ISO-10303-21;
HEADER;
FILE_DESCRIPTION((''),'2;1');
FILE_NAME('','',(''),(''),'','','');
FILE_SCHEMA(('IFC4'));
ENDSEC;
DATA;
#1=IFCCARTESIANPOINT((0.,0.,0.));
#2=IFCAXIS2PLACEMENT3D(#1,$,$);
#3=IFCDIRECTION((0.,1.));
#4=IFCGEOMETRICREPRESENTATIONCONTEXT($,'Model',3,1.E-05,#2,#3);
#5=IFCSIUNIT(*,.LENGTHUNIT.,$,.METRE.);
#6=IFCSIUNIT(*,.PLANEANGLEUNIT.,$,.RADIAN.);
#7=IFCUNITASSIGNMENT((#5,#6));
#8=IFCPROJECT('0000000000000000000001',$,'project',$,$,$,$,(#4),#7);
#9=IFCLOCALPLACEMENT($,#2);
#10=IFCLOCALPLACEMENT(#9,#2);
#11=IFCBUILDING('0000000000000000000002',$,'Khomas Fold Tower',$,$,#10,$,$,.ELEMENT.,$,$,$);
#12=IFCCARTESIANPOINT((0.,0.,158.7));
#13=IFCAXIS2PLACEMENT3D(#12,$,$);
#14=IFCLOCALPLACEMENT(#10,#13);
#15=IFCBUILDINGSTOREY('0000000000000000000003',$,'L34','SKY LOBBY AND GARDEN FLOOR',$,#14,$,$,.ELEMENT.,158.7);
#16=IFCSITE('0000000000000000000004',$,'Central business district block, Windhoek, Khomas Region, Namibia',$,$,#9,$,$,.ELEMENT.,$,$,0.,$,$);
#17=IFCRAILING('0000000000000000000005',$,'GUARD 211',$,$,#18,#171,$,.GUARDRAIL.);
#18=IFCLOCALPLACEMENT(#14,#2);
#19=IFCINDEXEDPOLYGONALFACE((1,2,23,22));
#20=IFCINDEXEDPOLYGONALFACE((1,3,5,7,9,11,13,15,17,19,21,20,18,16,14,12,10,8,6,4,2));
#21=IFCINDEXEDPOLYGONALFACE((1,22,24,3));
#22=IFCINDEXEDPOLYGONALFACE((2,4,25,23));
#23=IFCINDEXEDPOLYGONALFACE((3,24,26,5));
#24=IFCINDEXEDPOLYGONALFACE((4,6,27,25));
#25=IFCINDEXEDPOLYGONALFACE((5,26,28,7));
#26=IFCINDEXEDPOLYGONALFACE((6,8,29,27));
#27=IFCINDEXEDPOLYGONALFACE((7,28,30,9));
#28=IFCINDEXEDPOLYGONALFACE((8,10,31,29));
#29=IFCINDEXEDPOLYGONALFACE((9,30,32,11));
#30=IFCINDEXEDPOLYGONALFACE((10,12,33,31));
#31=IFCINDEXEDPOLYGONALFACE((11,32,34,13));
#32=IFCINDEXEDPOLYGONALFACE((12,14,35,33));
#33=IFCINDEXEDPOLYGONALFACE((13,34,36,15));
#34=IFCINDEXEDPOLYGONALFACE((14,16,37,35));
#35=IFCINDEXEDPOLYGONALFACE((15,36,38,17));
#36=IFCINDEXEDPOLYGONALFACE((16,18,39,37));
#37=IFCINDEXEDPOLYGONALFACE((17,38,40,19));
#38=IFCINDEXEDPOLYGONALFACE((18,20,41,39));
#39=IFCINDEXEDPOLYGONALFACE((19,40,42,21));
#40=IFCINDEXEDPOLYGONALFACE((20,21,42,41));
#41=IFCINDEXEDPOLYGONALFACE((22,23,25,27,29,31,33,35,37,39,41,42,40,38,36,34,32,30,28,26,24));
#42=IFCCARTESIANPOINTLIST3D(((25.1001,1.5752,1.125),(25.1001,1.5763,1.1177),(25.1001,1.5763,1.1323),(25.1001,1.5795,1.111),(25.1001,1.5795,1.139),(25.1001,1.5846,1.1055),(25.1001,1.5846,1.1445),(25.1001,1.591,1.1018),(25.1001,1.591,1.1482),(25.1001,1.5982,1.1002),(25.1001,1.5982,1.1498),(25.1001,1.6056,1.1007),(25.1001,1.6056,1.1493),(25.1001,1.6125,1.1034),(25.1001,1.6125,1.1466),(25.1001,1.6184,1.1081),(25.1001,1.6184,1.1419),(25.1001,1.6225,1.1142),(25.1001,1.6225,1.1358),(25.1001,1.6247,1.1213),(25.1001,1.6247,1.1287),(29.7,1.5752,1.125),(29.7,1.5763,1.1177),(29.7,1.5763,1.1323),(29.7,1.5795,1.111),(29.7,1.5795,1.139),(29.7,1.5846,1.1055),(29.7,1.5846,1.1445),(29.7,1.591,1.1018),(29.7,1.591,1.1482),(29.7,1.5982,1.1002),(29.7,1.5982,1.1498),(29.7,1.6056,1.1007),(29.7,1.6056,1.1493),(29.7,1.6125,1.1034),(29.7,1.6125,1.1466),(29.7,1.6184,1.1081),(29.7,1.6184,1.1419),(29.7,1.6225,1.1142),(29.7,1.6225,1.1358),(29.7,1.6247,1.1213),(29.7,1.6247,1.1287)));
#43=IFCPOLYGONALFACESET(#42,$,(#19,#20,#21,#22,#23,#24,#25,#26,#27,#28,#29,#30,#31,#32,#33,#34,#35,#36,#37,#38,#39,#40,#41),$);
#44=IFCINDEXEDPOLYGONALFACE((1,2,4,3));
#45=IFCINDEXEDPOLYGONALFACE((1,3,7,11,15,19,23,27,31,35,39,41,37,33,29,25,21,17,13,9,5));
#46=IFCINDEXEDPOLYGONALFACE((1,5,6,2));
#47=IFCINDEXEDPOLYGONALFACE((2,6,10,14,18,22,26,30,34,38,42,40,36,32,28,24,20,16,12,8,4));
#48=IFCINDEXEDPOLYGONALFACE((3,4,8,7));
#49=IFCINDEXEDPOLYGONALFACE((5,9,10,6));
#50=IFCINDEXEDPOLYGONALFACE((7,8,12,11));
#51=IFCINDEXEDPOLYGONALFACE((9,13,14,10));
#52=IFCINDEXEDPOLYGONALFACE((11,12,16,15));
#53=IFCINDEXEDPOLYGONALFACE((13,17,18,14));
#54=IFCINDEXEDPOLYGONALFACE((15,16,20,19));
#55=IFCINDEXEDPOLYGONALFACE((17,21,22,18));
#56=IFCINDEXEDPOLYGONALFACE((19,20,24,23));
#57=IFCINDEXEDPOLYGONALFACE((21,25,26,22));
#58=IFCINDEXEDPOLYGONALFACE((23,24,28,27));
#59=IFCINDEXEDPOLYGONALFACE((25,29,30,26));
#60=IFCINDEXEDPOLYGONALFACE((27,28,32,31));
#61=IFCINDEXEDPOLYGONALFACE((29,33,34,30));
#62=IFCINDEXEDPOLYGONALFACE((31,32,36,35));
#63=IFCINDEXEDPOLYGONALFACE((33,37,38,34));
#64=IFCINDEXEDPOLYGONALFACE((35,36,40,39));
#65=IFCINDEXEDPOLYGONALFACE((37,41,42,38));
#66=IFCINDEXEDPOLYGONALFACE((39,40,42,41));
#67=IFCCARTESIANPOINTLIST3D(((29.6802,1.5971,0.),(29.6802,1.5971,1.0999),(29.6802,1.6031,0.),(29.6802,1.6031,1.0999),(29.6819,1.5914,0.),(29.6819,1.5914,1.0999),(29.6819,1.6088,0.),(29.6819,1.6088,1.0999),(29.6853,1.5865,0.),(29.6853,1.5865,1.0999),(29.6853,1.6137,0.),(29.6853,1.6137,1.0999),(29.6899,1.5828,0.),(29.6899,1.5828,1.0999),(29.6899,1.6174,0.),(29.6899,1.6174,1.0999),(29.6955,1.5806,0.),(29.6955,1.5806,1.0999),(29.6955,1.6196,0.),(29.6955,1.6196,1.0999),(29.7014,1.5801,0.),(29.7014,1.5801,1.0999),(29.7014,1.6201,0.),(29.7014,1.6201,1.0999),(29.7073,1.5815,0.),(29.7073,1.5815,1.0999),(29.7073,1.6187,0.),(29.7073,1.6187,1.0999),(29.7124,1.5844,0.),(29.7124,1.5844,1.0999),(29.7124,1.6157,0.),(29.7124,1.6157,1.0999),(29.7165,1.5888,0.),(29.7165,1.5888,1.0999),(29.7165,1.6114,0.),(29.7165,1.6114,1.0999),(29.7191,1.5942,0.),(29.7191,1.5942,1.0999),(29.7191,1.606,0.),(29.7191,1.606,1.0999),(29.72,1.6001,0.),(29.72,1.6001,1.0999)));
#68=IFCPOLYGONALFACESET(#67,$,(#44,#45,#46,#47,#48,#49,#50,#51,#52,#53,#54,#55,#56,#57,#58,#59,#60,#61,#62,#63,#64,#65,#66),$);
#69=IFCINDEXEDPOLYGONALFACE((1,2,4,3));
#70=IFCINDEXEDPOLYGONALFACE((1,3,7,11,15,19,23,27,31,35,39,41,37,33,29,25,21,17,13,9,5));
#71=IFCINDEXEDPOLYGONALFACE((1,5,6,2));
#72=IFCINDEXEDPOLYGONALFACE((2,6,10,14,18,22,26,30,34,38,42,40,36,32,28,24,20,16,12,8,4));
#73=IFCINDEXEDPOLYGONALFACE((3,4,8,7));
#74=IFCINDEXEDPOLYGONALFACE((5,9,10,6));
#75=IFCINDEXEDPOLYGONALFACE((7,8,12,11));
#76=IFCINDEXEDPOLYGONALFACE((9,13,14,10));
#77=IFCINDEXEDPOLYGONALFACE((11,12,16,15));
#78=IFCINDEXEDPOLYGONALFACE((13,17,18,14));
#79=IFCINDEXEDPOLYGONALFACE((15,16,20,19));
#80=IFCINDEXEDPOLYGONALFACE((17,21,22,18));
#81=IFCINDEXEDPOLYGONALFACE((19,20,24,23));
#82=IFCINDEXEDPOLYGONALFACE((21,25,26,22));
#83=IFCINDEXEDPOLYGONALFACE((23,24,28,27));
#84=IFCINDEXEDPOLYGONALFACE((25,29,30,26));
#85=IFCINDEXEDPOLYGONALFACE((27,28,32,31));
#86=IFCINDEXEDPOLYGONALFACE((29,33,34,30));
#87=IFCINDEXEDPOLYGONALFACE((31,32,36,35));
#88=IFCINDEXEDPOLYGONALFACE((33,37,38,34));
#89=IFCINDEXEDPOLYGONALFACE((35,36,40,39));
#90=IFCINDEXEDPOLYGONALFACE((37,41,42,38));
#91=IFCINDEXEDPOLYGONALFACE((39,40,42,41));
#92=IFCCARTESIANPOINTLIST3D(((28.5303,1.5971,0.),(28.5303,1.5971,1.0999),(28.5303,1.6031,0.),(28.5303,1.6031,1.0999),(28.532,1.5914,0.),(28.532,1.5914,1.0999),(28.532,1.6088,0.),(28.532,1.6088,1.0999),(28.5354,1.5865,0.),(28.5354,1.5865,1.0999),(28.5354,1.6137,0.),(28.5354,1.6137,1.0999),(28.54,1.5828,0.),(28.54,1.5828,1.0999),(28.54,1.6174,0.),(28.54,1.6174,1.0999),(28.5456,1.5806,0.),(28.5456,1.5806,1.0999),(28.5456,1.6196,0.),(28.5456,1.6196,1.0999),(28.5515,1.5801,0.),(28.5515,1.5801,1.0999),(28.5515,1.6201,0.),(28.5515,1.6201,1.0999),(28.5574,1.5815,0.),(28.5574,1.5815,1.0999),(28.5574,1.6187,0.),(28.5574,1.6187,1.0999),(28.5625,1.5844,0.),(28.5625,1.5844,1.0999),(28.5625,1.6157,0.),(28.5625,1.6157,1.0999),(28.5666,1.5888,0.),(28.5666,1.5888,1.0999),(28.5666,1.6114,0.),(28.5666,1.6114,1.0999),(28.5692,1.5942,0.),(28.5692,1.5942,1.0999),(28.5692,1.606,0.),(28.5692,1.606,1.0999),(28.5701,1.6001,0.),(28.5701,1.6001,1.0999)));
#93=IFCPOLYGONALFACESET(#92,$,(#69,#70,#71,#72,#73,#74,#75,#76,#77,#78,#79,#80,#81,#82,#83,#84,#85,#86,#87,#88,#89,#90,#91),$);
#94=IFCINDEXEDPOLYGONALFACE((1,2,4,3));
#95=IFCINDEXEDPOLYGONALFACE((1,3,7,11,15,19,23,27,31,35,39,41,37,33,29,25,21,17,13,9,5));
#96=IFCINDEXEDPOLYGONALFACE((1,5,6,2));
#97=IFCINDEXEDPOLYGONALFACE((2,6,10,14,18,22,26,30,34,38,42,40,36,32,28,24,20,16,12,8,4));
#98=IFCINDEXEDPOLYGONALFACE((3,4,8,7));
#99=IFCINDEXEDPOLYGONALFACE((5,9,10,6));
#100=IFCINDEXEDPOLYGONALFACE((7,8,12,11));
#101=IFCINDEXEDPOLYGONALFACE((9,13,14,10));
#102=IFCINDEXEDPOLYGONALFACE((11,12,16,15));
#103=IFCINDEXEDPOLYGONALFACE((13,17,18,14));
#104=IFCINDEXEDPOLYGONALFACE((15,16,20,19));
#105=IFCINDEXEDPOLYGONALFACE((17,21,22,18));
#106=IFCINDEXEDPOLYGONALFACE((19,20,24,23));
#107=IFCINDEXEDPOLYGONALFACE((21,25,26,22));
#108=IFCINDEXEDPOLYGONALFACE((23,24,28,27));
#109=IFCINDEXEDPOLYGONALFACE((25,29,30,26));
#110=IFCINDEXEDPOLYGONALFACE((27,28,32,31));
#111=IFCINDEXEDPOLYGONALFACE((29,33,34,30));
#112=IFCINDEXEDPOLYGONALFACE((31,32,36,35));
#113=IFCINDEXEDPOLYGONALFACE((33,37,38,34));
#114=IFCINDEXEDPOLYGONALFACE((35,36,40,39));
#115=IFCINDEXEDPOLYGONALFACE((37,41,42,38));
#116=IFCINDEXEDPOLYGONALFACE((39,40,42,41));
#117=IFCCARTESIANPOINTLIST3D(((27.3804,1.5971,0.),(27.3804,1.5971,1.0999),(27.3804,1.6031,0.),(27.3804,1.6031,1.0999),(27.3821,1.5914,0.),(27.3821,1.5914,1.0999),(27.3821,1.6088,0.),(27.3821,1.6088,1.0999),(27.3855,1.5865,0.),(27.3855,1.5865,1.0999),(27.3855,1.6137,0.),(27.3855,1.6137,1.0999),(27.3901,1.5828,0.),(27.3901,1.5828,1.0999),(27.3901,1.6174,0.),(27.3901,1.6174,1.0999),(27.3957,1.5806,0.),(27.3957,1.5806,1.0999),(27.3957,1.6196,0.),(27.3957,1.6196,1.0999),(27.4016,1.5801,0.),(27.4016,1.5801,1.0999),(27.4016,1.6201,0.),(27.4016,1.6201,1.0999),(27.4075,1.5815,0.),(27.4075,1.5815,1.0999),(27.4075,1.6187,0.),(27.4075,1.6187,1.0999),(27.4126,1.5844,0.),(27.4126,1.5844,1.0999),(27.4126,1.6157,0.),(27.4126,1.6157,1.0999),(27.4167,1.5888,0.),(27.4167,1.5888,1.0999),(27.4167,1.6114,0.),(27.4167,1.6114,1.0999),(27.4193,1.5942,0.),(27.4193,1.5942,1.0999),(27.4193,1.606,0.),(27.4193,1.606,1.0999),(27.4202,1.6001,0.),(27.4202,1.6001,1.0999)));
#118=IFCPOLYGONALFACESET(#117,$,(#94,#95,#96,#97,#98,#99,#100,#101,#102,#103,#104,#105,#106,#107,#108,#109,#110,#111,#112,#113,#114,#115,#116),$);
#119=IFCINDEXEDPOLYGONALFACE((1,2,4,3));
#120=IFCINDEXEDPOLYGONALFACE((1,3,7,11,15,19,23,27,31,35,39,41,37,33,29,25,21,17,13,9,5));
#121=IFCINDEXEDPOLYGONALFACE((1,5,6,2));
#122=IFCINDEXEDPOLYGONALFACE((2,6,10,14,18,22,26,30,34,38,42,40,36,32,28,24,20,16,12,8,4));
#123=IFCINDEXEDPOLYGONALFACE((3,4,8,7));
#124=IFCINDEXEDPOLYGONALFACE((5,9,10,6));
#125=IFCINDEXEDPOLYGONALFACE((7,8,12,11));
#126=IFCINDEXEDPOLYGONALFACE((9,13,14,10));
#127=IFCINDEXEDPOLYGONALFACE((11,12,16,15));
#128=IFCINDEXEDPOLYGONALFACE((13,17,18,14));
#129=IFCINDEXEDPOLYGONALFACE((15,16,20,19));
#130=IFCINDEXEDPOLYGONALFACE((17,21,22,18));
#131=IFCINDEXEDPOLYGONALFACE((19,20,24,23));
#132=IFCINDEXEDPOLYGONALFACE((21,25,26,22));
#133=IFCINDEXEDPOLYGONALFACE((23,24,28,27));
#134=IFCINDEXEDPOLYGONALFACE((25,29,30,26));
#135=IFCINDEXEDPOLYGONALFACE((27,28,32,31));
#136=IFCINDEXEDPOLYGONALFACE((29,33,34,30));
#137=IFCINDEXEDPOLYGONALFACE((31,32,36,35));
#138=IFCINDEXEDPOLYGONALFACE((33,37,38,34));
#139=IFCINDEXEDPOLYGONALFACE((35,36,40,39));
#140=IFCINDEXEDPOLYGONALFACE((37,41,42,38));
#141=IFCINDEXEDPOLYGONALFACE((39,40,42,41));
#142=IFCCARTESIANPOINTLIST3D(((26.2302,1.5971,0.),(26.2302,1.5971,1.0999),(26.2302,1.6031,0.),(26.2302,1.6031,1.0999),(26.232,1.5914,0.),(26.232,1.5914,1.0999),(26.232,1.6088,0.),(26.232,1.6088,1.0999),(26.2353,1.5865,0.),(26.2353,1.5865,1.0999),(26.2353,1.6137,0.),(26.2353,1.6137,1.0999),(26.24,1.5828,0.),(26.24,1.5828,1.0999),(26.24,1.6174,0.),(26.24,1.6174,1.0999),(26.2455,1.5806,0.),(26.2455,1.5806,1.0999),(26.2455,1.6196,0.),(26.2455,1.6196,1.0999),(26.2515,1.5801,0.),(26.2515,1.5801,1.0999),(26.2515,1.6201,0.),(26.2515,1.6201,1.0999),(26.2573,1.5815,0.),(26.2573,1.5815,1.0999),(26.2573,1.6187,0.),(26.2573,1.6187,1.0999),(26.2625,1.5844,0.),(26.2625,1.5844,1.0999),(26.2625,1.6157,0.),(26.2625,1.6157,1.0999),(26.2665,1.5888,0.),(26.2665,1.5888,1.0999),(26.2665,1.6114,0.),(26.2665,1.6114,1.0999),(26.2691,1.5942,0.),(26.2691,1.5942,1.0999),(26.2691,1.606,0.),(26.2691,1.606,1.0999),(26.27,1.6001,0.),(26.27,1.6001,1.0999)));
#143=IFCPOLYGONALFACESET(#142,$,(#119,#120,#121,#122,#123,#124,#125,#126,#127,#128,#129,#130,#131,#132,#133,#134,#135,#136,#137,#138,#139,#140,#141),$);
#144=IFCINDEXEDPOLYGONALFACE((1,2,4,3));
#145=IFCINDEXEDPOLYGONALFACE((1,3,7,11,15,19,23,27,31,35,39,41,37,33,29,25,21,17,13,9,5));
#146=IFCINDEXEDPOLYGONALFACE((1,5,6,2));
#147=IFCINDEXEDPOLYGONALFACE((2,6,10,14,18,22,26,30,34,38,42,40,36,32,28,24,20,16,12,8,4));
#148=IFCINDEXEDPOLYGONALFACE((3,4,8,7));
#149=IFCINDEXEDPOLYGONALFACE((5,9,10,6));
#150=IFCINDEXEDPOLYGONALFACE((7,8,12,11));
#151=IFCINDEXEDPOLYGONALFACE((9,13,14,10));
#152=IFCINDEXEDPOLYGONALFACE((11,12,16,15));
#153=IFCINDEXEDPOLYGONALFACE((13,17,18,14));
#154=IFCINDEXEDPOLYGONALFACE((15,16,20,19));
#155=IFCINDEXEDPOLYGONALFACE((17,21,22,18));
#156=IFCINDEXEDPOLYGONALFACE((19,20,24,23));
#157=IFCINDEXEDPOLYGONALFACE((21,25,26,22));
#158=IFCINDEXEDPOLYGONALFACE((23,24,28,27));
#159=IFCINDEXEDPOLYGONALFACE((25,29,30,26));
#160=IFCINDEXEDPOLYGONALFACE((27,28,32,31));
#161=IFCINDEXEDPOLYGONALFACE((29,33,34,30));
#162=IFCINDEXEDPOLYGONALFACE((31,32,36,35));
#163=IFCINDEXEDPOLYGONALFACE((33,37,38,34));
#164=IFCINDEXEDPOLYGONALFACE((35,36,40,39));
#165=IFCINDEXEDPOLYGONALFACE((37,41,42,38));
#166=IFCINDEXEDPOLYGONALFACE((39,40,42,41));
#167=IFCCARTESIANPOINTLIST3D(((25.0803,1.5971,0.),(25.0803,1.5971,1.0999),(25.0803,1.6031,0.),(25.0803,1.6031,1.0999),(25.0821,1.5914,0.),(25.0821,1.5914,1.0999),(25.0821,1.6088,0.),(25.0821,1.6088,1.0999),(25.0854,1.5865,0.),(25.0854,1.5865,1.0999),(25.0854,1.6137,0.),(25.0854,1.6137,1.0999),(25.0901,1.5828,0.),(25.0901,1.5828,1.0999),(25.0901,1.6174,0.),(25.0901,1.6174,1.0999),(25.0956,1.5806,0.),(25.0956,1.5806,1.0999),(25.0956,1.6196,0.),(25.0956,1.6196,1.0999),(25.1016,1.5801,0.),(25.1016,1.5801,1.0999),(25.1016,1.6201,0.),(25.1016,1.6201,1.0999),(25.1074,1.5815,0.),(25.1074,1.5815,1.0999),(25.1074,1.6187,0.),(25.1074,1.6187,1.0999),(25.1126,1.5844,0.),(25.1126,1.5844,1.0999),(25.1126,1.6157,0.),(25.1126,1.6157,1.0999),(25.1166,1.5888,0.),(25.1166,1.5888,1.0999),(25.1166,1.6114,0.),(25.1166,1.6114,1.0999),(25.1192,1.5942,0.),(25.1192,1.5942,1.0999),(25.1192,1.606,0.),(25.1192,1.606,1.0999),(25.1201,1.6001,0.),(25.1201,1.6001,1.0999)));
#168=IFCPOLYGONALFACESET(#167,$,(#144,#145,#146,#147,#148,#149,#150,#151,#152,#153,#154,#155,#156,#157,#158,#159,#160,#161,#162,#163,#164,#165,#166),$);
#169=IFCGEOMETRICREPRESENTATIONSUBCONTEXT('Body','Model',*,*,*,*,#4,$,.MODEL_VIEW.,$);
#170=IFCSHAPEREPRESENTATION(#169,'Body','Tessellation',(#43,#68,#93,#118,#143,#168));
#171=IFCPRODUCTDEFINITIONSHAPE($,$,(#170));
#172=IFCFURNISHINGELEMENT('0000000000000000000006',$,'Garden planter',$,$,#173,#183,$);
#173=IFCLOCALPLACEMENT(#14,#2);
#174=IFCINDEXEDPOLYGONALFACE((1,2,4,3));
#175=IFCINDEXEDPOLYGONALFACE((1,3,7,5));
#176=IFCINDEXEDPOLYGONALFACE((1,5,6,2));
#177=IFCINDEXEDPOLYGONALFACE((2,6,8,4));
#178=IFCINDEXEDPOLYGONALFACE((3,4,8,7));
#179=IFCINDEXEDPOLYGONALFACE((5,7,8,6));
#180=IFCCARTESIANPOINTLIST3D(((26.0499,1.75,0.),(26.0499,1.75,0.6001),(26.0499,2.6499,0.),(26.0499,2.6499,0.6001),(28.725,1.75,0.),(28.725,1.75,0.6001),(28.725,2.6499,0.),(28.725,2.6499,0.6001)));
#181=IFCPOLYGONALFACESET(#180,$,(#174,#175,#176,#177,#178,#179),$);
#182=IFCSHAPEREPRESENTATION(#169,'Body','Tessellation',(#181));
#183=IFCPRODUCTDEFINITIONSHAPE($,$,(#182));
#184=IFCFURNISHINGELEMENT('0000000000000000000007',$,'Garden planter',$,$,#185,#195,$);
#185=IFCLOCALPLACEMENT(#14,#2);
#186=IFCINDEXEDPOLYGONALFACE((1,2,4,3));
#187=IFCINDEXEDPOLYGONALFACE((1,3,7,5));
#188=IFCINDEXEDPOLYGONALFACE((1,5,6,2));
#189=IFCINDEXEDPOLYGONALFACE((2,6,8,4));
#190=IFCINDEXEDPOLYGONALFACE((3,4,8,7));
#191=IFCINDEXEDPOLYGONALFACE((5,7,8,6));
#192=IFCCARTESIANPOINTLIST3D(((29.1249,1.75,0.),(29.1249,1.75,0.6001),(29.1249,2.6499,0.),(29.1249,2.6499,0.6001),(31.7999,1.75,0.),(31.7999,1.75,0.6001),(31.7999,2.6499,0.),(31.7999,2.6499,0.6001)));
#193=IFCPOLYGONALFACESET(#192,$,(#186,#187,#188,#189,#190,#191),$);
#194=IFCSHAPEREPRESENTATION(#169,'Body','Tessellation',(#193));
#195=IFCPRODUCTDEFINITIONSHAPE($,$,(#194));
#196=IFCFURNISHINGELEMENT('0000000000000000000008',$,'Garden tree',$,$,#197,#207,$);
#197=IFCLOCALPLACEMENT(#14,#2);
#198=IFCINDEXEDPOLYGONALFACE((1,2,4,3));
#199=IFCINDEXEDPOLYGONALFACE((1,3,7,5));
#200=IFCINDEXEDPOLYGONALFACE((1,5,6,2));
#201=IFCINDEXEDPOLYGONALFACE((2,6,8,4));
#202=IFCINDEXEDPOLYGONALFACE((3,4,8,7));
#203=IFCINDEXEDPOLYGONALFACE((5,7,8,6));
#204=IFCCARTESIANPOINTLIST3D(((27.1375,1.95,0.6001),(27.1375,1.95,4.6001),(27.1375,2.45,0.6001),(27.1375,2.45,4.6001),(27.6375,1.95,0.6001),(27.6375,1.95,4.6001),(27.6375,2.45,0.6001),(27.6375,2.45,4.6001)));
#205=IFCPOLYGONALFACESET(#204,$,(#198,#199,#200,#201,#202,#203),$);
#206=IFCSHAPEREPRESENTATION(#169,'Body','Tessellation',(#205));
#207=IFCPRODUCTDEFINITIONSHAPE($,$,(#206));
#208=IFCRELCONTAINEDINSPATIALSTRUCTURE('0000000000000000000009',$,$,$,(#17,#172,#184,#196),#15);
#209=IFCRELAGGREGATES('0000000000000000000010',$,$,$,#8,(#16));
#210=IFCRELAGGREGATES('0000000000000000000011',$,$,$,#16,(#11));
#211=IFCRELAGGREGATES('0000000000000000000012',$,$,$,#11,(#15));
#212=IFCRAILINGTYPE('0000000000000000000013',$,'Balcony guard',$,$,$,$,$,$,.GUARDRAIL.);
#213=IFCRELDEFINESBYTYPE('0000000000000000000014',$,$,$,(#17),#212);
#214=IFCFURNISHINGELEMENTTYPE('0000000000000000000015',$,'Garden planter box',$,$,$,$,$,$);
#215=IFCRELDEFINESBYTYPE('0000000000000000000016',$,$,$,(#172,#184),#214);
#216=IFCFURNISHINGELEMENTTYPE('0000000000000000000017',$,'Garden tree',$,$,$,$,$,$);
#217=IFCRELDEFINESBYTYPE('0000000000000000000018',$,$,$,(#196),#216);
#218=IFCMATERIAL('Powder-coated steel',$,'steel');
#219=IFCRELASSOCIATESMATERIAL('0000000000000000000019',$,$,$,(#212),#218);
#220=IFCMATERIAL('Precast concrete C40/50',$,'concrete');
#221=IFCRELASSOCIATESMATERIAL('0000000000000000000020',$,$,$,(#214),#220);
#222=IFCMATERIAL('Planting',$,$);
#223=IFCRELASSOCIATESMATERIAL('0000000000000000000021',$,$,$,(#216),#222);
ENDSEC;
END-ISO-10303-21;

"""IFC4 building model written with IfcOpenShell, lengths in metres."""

from ifc_helpers import new_model, si_unit, direction, frame, origin, origin_2d, place, context, subcontext, project, spatial, rectangle, circle, extrude, source, transform, mapped, material, type_object, element, save


model = new_model("IFC4")

# Units and contexts
model_context = context("Model", 3, precision=1e-05, world=origin(), true_north=direction((0.0, 1.0)))
body_context = subcontext(model_context, "Body", "Model", "MODEL_VIEW")
ifc_project = project(units=[si_unit("LENGTHUNIT", "METRE"), si_unit("PLANEANGLEUNIT", "RADIAN")], contexts=[model_context])

# Site, building, storey
site_placement = place(None, origin())
site = spatial("IfcSite", under=ifc_project, at=site_placement, Name="Central business district block, Windhoek, Khomas Region, Namibia", CompositionType="ELEMENT", RefElevation=0.0)
building_placement = place(site_placement, origin())
building = spatial("IfcBuilding", under=site, at=building_placement, Name="Khomas Fold Tower", CompositionType="ELEMENT")
storey_placement = place(building_placement, frame((0.0, 0.0, 158.7)))
storey = spatial("IfcBuildingStorey", under=building, at=storey_placement, Name="L34", Description="SKY LOBBY AND GARDEN FLOOR", CompositionType="ELEMENT", Elevation=158.7)

# Railing
ifc_material_1 = material(Name="Powder-coated steel", Category="steel")
railing_type = type_object("IfcRailingType", Name="Balcony guard", PredefinedType="GUARDRAIL", material=ifc_material_1)
shared_shape_1 = source(origin(), body_context, "Body", "SweptSolid", [
    extrude(circle(Radius=0.0249, at=origin_2d()), frame((0.0, 0.0, 1.125), z_axis=(-1.0, 0.0, 0.0), x_axis=(0.0, -1.0, 0.0)), (0.0, 0.0, 1.0), 4.5999),
    extrude(circle(Radius=0.02, at=origin_2d()), origin(), (0.0, 0.0, 1.0), 1.0999),
    extrude(circle(Radius=0.02, at=origin_2d()), frame((-1.1499, 0.0, 0.0)), (0.0, 0.0, 1.0), 1.0999),
    extrude(circle(Radius=0.02, at=origin_2d()), frame((-2.2998, 0.0, 0.0)), (0.0, 0.0, 1.0), 1.0999),
    extrude(circle(Radius=0.02, at=origin_2d()), frame((-3.45, 0.0, 0.0)), (0.0, 0.0, 1.0), 1.0999),
    extrude(circle(Radius=0.02, at=origin_2d()), frame((-4.5999, 0.0, 0.0)), (0.0, 0.0, 1.0), 1.0999),
])
railing_placement = place(storey_placement, frame((29.7, 1.6001, 0.0)))
element("IfcRailing", 1, at=railing_placement, inside=storey, type_object=railing_type, Name="GUARD 211", PredefinedType="GUARDRAIL", context=body_context, shape_type="MappedRepresentation", body=[
    mapped(shared_shape_1, transform((0.0, 0.0, 0.0))),
])

# Furnishing elements
ifc_material_2 = material(Name="Precast concrete C40/50", Category="concrete")
furnishing_element_type_1 = type_object("IfcFurnishingElementType", Name="Garden planter box", material=ifc_material_2)
shared_shape_2 = source(origin(), body_context, "Body", "SweptSolid", [
    extrude(rectangle(XDim=2.675, YDim=0.8999, at=origin_2d()), origin(), (0.0, 0.0, 1.0), 0.6001),
])
for number, where, z_axis, x_axis, name in (
    (2, (27.3875, 2.2, 0.0), (0.0, 0.0, 1.0), (1.0, 0.0, 0.0), "Garden planter"),
    (3, (30.4624, 2.2, 0.0), (0.0, 0.0, 1.0), (1.0, 0.0, 0.0), "Garden planter"),
):
    element("IfcFurnishingElement", number, at=place(storey_placement, frame(where, z_axis=z_axis, x_axis=x_axis)), inside=storey, type_object=furnishing_element_type_1, Name=name, context=body_context, shape_type="MappedRepresentation", body=[
        mapped(shared_shape_2, transform((0.0, 0.0, 0.0))),
    ])
ifc_material_3 = material(Name="Planting")
furnishing_element_type_2 = type_object("IfcFurnishingElementType", Name="Garden tree", material=ifc_material_3)
shared_shape_3 = source(origin(), body_context, "Body", "SweptSolid", [
    extrude(rectangle(XDim=0.5, YDim=0.5, at=origin_2d()), origin(), (0.0, 0.0, 1.0), 4.0),
])
for number, where, z_axis, x_axis, name in (
    (4, (27.3875, 2.2, 0.6001), (0.0, 0.0, 1.0), (1.0, 0.0, 0.0), "Garden tree"),
):
    element("IfcFurnishingElement", number, at=place(storey_placement, frame(where, z_axis=z_axis, x_axis=x_axis)), inside=storey, type_object=furnishing_element_type_2, Name=name, context=body_context, shape_type="MappedRepresentation", body=[
        mapped(shared_shape_3, transform((0.0, 0.0, 0.0))),
    ])

save(model, "model.ifc")
